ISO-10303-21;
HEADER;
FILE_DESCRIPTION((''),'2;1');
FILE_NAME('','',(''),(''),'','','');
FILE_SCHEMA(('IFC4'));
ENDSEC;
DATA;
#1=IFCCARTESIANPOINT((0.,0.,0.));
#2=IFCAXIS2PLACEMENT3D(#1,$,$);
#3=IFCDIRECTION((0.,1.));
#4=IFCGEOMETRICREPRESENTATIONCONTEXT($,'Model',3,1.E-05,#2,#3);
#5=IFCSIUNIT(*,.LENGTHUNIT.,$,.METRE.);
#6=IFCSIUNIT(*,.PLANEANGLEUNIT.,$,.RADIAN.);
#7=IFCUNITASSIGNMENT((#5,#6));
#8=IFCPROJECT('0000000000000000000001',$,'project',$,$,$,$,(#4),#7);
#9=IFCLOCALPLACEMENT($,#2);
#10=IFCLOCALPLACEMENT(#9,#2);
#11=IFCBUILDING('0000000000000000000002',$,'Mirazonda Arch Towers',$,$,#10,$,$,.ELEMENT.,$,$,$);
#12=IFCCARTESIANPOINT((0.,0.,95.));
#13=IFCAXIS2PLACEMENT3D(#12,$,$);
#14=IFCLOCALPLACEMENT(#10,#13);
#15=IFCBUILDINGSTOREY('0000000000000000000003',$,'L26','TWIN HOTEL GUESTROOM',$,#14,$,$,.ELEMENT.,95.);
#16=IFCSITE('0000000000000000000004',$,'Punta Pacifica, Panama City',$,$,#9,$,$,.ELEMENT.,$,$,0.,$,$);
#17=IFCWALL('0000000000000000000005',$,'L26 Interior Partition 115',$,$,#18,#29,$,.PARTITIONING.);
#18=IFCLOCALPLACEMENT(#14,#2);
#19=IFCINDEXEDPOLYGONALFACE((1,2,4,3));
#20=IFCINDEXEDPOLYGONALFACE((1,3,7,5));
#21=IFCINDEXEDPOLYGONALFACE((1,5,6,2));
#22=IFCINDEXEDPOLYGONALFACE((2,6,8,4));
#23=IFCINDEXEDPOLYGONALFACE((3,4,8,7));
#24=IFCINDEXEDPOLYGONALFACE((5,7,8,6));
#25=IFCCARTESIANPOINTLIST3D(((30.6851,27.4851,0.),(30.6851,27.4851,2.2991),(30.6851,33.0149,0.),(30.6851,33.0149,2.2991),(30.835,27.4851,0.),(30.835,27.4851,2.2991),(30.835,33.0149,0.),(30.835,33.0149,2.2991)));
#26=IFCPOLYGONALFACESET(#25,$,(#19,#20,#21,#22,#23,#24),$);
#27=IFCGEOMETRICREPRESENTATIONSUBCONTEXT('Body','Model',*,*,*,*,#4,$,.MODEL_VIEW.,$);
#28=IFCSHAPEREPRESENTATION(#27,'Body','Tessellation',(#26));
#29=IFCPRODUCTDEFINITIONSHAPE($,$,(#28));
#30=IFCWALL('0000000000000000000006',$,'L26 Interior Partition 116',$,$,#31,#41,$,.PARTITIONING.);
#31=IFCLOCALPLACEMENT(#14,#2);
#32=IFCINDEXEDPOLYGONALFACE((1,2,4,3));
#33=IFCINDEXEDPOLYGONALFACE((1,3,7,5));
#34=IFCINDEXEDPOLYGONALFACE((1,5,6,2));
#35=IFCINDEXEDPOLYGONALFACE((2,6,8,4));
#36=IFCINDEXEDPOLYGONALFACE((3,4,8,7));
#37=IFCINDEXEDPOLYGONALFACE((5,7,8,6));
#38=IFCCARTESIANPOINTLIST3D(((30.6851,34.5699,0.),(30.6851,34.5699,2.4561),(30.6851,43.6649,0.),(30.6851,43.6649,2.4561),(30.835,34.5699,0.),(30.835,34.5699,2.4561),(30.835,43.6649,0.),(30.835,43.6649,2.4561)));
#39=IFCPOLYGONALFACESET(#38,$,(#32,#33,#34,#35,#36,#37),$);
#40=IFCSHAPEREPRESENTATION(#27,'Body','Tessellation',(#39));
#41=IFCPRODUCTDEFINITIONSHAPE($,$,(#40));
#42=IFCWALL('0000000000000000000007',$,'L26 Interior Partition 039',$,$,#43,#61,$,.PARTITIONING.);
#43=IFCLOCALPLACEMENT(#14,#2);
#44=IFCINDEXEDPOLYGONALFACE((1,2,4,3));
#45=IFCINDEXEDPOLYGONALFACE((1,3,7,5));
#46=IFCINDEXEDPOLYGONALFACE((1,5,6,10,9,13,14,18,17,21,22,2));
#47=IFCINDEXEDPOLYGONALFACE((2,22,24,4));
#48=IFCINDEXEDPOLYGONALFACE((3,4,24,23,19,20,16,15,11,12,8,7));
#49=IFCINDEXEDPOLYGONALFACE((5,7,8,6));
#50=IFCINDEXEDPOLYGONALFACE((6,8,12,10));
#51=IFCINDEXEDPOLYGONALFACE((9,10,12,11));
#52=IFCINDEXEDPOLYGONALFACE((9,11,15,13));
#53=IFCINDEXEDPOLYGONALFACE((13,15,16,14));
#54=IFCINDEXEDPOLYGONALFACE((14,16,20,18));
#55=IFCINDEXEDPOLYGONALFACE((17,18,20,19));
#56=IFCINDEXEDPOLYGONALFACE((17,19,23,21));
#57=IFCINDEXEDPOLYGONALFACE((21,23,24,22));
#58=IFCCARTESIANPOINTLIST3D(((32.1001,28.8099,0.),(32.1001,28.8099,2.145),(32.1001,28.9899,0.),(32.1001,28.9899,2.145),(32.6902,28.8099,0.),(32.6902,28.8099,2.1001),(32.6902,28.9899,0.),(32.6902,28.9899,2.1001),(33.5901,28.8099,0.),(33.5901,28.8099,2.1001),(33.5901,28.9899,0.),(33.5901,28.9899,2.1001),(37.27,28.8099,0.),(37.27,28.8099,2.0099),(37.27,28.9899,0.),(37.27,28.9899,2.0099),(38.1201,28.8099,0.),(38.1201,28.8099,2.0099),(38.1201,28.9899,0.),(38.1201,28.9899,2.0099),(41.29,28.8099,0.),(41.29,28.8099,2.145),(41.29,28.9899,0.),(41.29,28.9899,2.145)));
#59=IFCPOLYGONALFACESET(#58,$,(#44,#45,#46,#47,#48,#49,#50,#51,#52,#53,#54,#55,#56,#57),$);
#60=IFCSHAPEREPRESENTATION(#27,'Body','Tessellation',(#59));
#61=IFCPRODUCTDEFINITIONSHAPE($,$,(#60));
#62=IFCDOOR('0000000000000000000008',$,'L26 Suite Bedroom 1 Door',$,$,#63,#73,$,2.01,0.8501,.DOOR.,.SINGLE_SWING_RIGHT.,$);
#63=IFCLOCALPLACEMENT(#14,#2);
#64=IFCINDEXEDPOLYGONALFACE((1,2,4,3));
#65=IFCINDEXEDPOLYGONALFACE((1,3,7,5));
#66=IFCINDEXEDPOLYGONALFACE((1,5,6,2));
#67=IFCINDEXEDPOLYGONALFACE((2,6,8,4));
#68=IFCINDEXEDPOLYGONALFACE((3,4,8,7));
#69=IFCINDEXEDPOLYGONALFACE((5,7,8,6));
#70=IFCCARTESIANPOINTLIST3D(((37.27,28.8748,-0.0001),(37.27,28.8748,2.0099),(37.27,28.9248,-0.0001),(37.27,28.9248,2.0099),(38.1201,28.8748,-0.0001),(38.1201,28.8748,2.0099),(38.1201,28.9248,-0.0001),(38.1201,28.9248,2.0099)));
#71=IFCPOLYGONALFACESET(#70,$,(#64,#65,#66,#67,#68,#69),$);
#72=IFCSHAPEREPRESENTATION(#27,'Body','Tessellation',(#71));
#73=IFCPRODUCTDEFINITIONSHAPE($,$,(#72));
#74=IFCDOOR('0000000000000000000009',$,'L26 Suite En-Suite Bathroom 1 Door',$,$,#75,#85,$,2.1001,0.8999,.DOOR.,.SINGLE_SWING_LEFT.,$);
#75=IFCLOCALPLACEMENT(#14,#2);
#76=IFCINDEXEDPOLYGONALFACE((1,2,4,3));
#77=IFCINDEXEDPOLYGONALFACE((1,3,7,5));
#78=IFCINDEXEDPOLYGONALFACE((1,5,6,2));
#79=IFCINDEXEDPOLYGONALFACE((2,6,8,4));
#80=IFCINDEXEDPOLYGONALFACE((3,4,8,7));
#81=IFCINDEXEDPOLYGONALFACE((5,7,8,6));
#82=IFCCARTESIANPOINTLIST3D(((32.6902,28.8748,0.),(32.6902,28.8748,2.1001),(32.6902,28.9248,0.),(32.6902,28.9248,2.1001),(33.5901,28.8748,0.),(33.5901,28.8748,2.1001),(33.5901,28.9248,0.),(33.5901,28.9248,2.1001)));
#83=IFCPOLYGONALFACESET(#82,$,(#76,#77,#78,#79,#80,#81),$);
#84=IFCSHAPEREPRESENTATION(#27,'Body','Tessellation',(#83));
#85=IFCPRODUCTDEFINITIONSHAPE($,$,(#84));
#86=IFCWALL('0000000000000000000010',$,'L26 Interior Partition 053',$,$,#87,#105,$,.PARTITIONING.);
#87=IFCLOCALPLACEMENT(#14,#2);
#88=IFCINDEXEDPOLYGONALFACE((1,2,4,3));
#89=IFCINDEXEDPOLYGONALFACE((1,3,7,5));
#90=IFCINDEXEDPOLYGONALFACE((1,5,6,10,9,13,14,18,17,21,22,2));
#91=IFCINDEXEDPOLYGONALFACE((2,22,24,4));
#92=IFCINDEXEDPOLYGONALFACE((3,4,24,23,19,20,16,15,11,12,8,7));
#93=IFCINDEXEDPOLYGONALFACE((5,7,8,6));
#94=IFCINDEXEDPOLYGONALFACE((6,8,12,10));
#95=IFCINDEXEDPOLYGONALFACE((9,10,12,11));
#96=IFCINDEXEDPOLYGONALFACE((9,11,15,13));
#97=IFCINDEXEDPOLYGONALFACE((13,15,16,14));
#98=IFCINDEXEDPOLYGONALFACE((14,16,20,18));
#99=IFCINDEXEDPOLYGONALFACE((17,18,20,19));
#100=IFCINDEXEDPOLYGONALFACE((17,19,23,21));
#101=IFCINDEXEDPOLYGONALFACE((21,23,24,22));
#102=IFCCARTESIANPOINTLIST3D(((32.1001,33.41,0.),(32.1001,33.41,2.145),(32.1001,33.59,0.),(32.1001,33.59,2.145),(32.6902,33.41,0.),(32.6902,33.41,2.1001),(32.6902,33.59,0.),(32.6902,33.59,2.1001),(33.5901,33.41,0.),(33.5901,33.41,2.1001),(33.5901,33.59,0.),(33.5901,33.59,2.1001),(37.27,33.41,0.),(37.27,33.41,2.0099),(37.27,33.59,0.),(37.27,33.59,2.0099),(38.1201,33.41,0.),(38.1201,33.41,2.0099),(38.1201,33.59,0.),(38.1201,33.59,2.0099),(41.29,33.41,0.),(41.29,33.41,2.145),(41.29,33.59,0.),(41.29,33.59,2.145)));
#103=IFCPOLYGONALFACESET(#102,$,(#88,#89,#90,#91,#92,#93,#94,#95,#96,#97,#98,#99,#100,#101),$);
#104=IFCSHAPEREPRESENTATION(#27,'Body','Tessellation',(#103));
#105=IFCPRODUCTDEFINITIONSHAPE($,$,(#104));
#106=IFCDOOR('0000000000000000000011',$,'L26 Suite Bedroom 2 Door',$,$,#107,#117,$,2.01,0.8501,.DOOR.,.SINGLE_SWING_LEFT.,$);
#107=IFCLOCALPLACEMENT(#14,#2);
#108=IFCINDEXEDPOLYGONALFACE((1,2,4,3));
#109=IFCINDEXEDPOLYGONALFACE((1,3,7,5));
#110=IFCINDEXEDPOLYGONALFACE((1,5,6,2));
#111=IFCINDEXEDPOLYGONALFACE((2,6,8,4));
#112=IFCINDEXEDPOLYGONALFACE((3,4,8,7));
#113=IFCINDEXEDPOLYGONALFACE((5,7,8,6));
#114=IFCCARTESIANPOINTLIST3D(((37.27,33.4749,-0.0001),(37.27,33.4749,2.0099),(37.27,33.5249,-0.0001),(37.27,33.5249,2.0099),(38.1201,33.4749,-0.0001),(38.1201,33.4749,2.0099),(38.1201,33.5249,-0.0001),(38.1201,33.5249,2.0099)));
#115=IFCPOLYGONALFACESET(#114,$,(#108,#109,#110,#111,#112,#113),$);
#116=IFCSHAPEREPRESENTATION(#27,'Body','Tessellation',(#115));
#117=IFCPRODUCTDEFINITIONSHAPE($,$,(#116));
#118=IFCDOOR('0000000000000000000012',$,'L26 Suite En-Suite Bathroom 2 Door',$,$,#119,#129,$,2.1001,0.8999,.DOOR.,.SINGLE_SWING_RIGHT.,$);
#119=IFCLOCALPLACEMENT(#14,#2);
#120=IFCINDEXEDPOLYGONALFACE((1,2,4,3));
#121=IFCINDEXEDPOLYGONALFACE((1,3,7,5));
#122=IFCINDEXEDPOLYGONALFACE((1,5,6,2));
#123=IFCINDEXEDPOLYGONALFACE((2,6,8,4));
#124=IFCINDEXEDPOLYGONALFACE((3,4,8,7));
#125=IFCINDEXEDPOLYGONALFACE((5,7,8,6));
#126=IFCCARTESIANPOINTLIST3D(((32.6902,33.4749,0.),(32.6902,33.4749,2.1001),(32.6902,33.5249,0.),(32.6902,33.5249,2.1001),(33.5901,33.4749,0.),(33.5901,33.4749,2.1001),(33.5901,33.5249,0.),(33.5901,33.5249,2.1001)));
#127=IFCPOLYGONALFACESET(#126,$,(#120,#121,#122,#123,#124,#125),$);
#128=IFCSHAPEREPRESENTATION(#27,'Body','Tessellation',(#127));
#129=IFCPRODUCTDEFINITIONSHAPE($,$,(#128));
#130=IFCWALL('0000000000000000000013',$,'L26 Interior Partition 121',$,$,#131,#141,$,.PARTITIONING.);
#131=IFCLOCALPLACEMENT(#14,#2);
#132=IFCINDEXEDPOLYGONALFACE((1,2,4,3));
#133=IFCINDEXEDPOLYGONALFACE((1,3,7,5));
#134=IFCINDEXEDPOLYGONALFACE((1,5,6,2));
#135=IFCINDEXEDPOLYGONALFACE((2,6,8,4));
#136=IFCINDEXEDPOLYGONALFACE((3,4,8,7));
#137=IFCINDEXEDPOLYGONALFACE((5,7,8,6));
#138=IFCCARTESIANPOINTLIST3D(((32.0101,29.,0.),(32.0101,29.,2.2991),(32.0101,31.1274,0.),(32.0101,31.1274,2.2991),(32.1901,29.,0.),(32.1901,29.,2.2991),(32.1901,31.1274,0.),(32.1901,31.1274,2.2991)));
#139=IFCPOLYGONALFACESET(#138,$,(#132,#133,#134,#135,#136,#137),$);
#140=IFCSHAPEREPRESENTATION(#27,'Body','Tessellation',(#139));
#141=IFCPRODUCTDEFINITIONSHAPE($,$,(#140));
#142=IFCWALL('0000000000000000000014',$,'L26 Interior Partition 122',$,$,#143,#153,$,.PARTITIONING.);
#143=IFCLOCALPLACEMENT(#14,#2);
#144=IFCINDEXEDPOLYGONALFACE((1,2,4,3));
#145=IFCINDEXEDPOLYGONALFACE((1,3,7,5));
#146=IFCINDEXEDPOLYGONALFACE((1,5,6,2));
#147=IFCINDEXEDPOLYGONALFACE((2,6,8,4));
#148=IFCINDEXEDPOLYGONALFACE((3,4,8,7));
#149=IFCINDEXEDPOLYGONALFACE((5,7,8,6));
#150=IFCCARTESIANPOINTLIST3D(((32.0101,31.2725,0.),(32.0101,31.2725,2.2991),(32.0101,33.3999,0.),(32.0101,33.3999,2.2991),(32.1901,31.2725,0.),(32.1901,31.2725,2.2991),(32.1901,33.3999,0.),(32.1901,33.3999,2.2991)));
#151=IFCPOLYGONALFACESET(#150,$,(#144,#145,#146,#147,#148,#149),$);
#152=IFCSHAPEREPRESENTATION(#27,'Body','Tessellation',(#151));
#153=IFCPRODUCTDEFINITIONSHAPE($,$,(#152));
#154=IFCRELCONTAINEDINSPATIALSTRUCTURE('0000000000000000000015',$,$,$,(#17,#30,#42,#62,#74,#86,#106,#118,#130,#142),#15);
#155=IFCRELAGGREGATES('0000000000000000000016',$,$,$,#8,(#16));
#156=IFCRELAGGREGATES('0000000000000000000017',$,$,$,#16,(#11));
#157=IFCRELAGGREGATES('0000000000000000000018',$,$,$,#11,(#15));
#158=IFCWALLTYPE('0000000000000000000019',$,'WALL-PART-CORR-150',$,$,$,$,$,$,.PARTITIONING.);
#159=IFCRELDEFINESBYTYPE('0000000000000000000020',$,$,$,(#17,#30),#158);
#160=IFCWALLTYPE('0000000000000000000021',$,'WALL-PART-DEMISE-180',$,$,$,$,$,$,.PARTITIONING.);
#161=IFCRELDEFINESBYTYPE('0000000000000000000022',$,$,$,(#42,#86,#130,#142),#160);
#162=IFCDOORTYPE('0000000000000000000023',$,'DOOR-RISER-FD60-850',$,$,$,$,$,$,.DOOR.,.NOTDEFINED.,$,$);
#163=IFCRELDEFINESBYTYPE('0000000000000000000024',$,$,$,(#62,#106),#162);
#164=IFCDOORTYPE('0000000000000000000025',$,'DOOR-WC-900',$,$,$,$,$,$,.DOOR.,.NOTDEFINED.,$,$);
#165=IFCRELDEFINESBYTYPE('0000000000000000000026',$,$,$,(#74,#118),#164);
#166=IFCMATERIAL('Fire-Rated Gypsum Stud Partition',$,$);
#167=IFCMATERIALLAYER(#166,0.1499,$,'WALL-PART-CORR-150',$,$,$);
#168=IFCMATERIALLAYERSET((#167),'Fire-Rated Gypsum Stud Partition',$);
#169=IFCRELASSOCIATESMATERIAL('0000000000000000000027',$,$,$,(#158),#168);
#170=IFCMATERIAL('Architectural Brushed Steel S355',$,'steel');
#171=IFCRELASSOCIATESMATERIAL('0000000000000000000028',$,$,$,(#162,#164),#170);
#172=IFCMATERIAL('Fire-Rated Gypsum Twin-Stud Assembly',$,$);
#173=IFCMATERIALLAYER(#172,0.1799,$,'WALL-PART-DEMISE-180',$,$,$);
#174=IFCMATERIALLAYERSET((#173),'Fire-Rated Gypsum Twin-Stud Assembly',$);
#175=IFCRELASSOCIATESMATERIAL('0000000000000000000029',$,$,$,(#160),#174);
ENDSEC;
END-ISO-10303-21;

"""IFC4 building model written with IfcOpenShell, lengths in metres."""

from ifc_helpers import new_model, si_unit, direction, frame, frame_2d, origin, place, context, subcontext, project, spatial, rectangle, extrude, material, layer, layer_set, type_object, element, fill, save


model = new_model("IFC4")

# Units and contexts
model_context = context("Model", 3, precision=1e-05, world=origin(), true_north=direction((0.0, 1.0)))
body_context = subcontext(model_context, "Body", "Model", "MODEL_VIEW")
ifc_project = project(units=[si_unit("LENGTHUNIT", "METRE"), si_unit("PLANEANGLEUNIT", "RADIAN")], contexts=[model_context])

# Site, building, storey
site_placement = place(None, origin())
site = spatial("IfcSite", under=ifc_project, at=site_placement, Name="Punta Pacifica, Panama City", CompositionType="ELEMENT", RefElevation=0.0)
building_placement = place(site_placement, origin())
building = spatial("IfcBuilding", under=site, at=building_placement, Name="Mirazonda Arch Towers", CompositionType="ELEMENT")
storey_placement = place(building_placement, frame((0.0, 0.0, 95.0)))
storey = spatial("IfcBuildingStorey", under=building, at=storey_placement, Name="L26", Description="TWIN HOTEL GUESTROOM", CompositionType="ELEMENT", Elevation=95.0)

# Shared definitions
ifc_material_1 = material(Name="Fire-Rated Gypsum Stud Partition")
ifc_layer_1 = layer(ifc_material_1, 0.1499, Name="WALL-PART-CORR-150")
ifc_layer_set_1 = layer_set([ifc_layer_1], Name="Fire-Rated Gypsum Stud Partition")
wall_type_1 = type_object("IfcWallType", Name="WALL-PART-CORR-150", PredefinedType="PARTITIONING", material=ifc_layer_set_1)

# Shared definitions
ifc_material_2 = material(Name="Architectural Brushed Steel S355", Category="steel")
door_type_1 = type_object("IfcDoorType", Name="DOOR-RISER-FD60-850", OperationType="NOTDEFINED", PredefinedType="DOOR", material=ifc_material_2)

# Walls
wall_1_placement = place(storey_placement, frame((30.76, 27.4851, 0.0), z_axis=(0.0, 0.0, 1.0), x_axis=(0.0, 1.0, 0.0)))
element("IfcWall", 1, at=wall_1_placement, inside=storey, type_object=wall_type_1, Name="L26 Interior Partition 115", PredefinedType="PARTITIONING", context=body_context, shape_type="SweptSolid", body=[
    extrude(rectangle(XDim=5.5298, YDim=0.1499, at=frame_2d((2.7649, 0.0))), origin(), (0.0, 0.0, 1.0), 2.2991),
])
wall_2_placement = place(storey_placement, frame((30.76, 34.5701, 0.0), z_axis=(0.0, 0.0, 1.0), x_axis=(0.0, 1.0, 0.0)))
element("IfcWall", 2, at=wall_2_placement, inside=storey, type_object=wall_type_1, Name="L26 Interior Partition 116", PredefinedType="PARTITIONING", context=body_context, shape_type="SweptSolid", body=[
    extrude(rectangle(XDim=9.095, YDim=0.1499, at=frame_2d((4.5474, 0.0))), origin(), (0.0, 0.0, 1.0), 2.4561),
])

# Walls, openings, doors
ifc_material_3 = material(Name="Fire-Rated Gypsum Twin-Stud Assembly")
ifc_layer_2 = layer(ifc_material_3, 0.1799, Name="WALL-PART-DEMISE-180")
ifc_layer_set_2 = layer_set([ifc_layer_2], Name="Fire-Rated Gypsum Twin-Stud Assembly")
wall_type_2 = type_object("IfcWallType", Name="WALL-PART-DEMISE-180", PredefinedType="PARTITIONING", material=ifc_layer_set_2)
wall_3_placement = place(storey_placement, frame((32.1001, 28.8999, 0.0), z_axis=(0.0, 0.0, 1.0), x_axis=(1.0, 0.0, 0.0)))
wall_3 = element("IfcWall", 3, at=wall_3_placement, inside=storey, type_object=wall_type_2, Name="L26 Interior Partition 039", PredefinedType="PARTITIONING", context=body_context, shape_type="SweptSolid", body=[
    extrude(rectangle(XDim=9.1899, YDim=0.1799, at=frame_2d((4.595, 0.0))), origin(), (0.0, 0.0, 1.0), 2.145),
])
opening_1_placement = place(wall_3_placement, frame((5.1699, 0.0, 0.0)))
opening_1 = element("IfcOpeningElement", 4, at=opening_1_placement, cuts=wall_3, PredefinedType="OPENING", context=body_context, shape_type="SweptSolid", body=[
    extrude(rectangle(XDim=0.8501, YDim=2.01, at=frame_2d((0.425, 1.0049))), frame((0.0, 0.0999, 0.0), z_axis=(0.0, -1.0, 0.0), x_axis=(1.0, 0.0, 0.0)), (0.0, 0.0, 1.0), 0.2),
])
opening_2_placement = place(wall_3_placement, frame((0.5901, 0.0, 0.0)))
opening_2 = element("IfcOpeningElement", 5, at=opening_2_placement, cuts=wall_3, PredefinedType="OPENING", context=body_context, shape_type="SweptSolid", body=[
    extrude(rectangle(XDim=0.8999, YDim=2.1001, at=frame_2d((0.45, 1.05))), frame((0.0, 0.0999, 0.0), z_axis=(0.0, -1.0, 0.0), x_axis=(1.0, 0.0, 0.0)), (0.0, 0.0, 1.0), 0.2),
])
door_1_placement = place(opening_1_placement, origin())
door_1 = element("IfcDoor", 6, at=door_1_placement, inside=storey, type_object=door_type_1, Name="L26 Suite Bedroom 1 Door", OperationType="SINGLE_SWING_RIGHT", OverallHeight=2.01, OverallWidth=0.8501, PredefinedType="DOOR", context=body_context, shape_type="SweptSolid", body=[
    extrude(rectangle(XDim=0.8501, YDim=2.01, at=frame_2d((0.425, 1.0049))), frame((0.0, 0.0249, 0.0), z_axis=(0.0, -1.0, 0.0), x_axis=(1.0, 0.0, 0.0)), (0.0, 0.0, 1.0), 0.05),
])
fill(opening_1, door_1)
door_type_2 = type_object("IfcDoorType", Name="DOOR-WC-900", OperationType="NOTDEFINED", PredefinedType="DOOR", material=ifc_material_2)
door_2_placement = place(opening_2_placement, origin())
door_2 = element("IfcDoor", 7, at=door_2_placement, inside=storey, type_object=door_type_2, Name="L26 Suite En-Suite Bathroom 1 Door", OperationType="SINGLE_SWING_LEFT", OverallHeight=2.1001, OverallWidth=0.8999, PredefinedType="DOOR", context=body_context, shape_type="SweptSolid", body=[
    extrude(rectangle(XDim=0.8999, YDim=2.1001, at=frame_2d((0.45, 1.05))), frame((0.0, 0.0249, 0.0), z_axis=(0.0, -1.0, 0.0), x_axis=(1.0, 0.0, 0.0)), (0.0, 0.0, 1.0), 0.05),
])
fill(opening_2, door_2)
wall_4_placement = place(storey_placement, frame((32.1001, 33.5, 0.0), z_axis=(0.0, 0.0, 1.0), x_axis=(1.0, 0.0, 0.0)))
wall_4 = element("IfcWall", 8, at=wall_4_placement, inside=storey, type_object=wall_type_2, Name="L26 Interior Partition 053", PredefinedType="PARTITIONING", context=body_context, shape_type="SweptSolid", body=[
    extrude(rectangle(XDim=9.1899, YDim=0.1799, at=frame_2d((4.595, 0.0))), origin(), (0.0, 0.0, 1.0), 2.145),
])
opening_3_placement = place(wall_4_placement, frame((5.1699, 0.0, 0.0)))
opening_3 = element("IfcOpeningElement", 9, at=opening_3_placement, cuts=wall_4, PredefinedType="OPENING", context=body_context, shape_type="SweptSolid", body=[
    extrude(rectangle(XDim=0.8501, YDim=2.01, at=frame_2d((0.425, 1.0049))), frame((0.0, 0.0999, 0.0), z_axis=(0.0, -1.0, 0.0), x_axis=(1.0, 0.0, 0.0)), (0.0, 0.0, 1.0), 0.2),
])
opening_4_placement = place(wall_4_placement, frame((0.5901, 0.0, 0.0)))
opening_4 = element("IfcOpeningElement", 10, at=opening_4_placement, cuts=wall_4, PredefinedType="OPENING", context=body_context, shape_type="SweptSolid", body=[
    extrude(rectangle(XDim=0.8999, YDim=2.1001, at=frame_2d((0.45, 1.05))), frame((0.0, 0.0999, 0.0), z_axis=(0.0, -1.0, 0.0), x_axis=(1.0, 0.0, 0.0)), (0.0, 0.0, 1.0), 0.2),
])
door_3_placement = place(opening_3_placement, origin())
door_3 = element("IfcDoor", 11, at=door_3_placement, inside=storey, type_object=door_type_1, Name="L26 Suite Bedroom 2 Door", OperationType="SINGLE_SWING_LEFT", OverallHeight=2.01, OverallWidth=0.8501, PredefinedType="DOOR", context=body_context, shape_type="SweptSolid", body=[
    extrude(rectangle(XDim=0.8501, YDim=2.01, at=frame_2d((0.425, 1.0049))), frame((0.0, 0.0249, 0.0), z_axis=(0.0, -1.0, 0.0), x_axis=(1.0, 0.0, 0.0)), (0.0, 0.0, 1.0), 0.05),
])
fill(opening_3, door_3)
door_4_placement = place(opening_4_placement, origin())
door_4 = element("IfcDoor", 12, at=door_4_placement, inside=storey, type_object=door_type_2, Name="L26 Suite En-Suite Bathroom 2 Door", OperationType="SINGLE_SWING_RIGHT", OverallHeight=2.1001, OverallWidth=0.8999, PredefinedType="DOOR", context=body_context, shape_type="SweptSolid", body=[
    extrude(rectangle(XDim=0.8999, YDim=2.1001, at=frame_2d((0.45, 1.05))), frame((0.0, 0.0249, 0.0), z_axis=(0.0, -1.0, 0.0), x_axis=(1.0, 0.0, 0.0)), (0.0, 0.0, 1.0), 0.05),
])
fill(opening_4, door_4)

# Walls
for number, where, z_axis, x_axis, name in (
    (13, (32.1001, 29.0, 0.0), (0.0, 0.0, 1.0), (0.0, 1.0, 0.0), "L26 Interior Partition 121"),
    (14, (32.1001, 31.2725, 0.0), (0.0, 0.0, 1.0), (0.0, 1.0, 0.0), "L26 Interior Partition 122"),
):
    element("IfcWall", number, at=place(storey_placement, frame(where, z_axis=z_axis, x_axis=x_axis)), inside=storey, type_object=wall_type_2, Name=name, PredefinedType="PARTITIONING", context=body_context, shape_type="SweptSolid", body=[
        extrude(rectangle(XDim=2.1274, YDim=0.1799, at=frame_2d((1.0637, 0.0))), origin(), (0.0, 0.0, 1.0), 2.2991),
    ])

save(model, "model.ifc")
